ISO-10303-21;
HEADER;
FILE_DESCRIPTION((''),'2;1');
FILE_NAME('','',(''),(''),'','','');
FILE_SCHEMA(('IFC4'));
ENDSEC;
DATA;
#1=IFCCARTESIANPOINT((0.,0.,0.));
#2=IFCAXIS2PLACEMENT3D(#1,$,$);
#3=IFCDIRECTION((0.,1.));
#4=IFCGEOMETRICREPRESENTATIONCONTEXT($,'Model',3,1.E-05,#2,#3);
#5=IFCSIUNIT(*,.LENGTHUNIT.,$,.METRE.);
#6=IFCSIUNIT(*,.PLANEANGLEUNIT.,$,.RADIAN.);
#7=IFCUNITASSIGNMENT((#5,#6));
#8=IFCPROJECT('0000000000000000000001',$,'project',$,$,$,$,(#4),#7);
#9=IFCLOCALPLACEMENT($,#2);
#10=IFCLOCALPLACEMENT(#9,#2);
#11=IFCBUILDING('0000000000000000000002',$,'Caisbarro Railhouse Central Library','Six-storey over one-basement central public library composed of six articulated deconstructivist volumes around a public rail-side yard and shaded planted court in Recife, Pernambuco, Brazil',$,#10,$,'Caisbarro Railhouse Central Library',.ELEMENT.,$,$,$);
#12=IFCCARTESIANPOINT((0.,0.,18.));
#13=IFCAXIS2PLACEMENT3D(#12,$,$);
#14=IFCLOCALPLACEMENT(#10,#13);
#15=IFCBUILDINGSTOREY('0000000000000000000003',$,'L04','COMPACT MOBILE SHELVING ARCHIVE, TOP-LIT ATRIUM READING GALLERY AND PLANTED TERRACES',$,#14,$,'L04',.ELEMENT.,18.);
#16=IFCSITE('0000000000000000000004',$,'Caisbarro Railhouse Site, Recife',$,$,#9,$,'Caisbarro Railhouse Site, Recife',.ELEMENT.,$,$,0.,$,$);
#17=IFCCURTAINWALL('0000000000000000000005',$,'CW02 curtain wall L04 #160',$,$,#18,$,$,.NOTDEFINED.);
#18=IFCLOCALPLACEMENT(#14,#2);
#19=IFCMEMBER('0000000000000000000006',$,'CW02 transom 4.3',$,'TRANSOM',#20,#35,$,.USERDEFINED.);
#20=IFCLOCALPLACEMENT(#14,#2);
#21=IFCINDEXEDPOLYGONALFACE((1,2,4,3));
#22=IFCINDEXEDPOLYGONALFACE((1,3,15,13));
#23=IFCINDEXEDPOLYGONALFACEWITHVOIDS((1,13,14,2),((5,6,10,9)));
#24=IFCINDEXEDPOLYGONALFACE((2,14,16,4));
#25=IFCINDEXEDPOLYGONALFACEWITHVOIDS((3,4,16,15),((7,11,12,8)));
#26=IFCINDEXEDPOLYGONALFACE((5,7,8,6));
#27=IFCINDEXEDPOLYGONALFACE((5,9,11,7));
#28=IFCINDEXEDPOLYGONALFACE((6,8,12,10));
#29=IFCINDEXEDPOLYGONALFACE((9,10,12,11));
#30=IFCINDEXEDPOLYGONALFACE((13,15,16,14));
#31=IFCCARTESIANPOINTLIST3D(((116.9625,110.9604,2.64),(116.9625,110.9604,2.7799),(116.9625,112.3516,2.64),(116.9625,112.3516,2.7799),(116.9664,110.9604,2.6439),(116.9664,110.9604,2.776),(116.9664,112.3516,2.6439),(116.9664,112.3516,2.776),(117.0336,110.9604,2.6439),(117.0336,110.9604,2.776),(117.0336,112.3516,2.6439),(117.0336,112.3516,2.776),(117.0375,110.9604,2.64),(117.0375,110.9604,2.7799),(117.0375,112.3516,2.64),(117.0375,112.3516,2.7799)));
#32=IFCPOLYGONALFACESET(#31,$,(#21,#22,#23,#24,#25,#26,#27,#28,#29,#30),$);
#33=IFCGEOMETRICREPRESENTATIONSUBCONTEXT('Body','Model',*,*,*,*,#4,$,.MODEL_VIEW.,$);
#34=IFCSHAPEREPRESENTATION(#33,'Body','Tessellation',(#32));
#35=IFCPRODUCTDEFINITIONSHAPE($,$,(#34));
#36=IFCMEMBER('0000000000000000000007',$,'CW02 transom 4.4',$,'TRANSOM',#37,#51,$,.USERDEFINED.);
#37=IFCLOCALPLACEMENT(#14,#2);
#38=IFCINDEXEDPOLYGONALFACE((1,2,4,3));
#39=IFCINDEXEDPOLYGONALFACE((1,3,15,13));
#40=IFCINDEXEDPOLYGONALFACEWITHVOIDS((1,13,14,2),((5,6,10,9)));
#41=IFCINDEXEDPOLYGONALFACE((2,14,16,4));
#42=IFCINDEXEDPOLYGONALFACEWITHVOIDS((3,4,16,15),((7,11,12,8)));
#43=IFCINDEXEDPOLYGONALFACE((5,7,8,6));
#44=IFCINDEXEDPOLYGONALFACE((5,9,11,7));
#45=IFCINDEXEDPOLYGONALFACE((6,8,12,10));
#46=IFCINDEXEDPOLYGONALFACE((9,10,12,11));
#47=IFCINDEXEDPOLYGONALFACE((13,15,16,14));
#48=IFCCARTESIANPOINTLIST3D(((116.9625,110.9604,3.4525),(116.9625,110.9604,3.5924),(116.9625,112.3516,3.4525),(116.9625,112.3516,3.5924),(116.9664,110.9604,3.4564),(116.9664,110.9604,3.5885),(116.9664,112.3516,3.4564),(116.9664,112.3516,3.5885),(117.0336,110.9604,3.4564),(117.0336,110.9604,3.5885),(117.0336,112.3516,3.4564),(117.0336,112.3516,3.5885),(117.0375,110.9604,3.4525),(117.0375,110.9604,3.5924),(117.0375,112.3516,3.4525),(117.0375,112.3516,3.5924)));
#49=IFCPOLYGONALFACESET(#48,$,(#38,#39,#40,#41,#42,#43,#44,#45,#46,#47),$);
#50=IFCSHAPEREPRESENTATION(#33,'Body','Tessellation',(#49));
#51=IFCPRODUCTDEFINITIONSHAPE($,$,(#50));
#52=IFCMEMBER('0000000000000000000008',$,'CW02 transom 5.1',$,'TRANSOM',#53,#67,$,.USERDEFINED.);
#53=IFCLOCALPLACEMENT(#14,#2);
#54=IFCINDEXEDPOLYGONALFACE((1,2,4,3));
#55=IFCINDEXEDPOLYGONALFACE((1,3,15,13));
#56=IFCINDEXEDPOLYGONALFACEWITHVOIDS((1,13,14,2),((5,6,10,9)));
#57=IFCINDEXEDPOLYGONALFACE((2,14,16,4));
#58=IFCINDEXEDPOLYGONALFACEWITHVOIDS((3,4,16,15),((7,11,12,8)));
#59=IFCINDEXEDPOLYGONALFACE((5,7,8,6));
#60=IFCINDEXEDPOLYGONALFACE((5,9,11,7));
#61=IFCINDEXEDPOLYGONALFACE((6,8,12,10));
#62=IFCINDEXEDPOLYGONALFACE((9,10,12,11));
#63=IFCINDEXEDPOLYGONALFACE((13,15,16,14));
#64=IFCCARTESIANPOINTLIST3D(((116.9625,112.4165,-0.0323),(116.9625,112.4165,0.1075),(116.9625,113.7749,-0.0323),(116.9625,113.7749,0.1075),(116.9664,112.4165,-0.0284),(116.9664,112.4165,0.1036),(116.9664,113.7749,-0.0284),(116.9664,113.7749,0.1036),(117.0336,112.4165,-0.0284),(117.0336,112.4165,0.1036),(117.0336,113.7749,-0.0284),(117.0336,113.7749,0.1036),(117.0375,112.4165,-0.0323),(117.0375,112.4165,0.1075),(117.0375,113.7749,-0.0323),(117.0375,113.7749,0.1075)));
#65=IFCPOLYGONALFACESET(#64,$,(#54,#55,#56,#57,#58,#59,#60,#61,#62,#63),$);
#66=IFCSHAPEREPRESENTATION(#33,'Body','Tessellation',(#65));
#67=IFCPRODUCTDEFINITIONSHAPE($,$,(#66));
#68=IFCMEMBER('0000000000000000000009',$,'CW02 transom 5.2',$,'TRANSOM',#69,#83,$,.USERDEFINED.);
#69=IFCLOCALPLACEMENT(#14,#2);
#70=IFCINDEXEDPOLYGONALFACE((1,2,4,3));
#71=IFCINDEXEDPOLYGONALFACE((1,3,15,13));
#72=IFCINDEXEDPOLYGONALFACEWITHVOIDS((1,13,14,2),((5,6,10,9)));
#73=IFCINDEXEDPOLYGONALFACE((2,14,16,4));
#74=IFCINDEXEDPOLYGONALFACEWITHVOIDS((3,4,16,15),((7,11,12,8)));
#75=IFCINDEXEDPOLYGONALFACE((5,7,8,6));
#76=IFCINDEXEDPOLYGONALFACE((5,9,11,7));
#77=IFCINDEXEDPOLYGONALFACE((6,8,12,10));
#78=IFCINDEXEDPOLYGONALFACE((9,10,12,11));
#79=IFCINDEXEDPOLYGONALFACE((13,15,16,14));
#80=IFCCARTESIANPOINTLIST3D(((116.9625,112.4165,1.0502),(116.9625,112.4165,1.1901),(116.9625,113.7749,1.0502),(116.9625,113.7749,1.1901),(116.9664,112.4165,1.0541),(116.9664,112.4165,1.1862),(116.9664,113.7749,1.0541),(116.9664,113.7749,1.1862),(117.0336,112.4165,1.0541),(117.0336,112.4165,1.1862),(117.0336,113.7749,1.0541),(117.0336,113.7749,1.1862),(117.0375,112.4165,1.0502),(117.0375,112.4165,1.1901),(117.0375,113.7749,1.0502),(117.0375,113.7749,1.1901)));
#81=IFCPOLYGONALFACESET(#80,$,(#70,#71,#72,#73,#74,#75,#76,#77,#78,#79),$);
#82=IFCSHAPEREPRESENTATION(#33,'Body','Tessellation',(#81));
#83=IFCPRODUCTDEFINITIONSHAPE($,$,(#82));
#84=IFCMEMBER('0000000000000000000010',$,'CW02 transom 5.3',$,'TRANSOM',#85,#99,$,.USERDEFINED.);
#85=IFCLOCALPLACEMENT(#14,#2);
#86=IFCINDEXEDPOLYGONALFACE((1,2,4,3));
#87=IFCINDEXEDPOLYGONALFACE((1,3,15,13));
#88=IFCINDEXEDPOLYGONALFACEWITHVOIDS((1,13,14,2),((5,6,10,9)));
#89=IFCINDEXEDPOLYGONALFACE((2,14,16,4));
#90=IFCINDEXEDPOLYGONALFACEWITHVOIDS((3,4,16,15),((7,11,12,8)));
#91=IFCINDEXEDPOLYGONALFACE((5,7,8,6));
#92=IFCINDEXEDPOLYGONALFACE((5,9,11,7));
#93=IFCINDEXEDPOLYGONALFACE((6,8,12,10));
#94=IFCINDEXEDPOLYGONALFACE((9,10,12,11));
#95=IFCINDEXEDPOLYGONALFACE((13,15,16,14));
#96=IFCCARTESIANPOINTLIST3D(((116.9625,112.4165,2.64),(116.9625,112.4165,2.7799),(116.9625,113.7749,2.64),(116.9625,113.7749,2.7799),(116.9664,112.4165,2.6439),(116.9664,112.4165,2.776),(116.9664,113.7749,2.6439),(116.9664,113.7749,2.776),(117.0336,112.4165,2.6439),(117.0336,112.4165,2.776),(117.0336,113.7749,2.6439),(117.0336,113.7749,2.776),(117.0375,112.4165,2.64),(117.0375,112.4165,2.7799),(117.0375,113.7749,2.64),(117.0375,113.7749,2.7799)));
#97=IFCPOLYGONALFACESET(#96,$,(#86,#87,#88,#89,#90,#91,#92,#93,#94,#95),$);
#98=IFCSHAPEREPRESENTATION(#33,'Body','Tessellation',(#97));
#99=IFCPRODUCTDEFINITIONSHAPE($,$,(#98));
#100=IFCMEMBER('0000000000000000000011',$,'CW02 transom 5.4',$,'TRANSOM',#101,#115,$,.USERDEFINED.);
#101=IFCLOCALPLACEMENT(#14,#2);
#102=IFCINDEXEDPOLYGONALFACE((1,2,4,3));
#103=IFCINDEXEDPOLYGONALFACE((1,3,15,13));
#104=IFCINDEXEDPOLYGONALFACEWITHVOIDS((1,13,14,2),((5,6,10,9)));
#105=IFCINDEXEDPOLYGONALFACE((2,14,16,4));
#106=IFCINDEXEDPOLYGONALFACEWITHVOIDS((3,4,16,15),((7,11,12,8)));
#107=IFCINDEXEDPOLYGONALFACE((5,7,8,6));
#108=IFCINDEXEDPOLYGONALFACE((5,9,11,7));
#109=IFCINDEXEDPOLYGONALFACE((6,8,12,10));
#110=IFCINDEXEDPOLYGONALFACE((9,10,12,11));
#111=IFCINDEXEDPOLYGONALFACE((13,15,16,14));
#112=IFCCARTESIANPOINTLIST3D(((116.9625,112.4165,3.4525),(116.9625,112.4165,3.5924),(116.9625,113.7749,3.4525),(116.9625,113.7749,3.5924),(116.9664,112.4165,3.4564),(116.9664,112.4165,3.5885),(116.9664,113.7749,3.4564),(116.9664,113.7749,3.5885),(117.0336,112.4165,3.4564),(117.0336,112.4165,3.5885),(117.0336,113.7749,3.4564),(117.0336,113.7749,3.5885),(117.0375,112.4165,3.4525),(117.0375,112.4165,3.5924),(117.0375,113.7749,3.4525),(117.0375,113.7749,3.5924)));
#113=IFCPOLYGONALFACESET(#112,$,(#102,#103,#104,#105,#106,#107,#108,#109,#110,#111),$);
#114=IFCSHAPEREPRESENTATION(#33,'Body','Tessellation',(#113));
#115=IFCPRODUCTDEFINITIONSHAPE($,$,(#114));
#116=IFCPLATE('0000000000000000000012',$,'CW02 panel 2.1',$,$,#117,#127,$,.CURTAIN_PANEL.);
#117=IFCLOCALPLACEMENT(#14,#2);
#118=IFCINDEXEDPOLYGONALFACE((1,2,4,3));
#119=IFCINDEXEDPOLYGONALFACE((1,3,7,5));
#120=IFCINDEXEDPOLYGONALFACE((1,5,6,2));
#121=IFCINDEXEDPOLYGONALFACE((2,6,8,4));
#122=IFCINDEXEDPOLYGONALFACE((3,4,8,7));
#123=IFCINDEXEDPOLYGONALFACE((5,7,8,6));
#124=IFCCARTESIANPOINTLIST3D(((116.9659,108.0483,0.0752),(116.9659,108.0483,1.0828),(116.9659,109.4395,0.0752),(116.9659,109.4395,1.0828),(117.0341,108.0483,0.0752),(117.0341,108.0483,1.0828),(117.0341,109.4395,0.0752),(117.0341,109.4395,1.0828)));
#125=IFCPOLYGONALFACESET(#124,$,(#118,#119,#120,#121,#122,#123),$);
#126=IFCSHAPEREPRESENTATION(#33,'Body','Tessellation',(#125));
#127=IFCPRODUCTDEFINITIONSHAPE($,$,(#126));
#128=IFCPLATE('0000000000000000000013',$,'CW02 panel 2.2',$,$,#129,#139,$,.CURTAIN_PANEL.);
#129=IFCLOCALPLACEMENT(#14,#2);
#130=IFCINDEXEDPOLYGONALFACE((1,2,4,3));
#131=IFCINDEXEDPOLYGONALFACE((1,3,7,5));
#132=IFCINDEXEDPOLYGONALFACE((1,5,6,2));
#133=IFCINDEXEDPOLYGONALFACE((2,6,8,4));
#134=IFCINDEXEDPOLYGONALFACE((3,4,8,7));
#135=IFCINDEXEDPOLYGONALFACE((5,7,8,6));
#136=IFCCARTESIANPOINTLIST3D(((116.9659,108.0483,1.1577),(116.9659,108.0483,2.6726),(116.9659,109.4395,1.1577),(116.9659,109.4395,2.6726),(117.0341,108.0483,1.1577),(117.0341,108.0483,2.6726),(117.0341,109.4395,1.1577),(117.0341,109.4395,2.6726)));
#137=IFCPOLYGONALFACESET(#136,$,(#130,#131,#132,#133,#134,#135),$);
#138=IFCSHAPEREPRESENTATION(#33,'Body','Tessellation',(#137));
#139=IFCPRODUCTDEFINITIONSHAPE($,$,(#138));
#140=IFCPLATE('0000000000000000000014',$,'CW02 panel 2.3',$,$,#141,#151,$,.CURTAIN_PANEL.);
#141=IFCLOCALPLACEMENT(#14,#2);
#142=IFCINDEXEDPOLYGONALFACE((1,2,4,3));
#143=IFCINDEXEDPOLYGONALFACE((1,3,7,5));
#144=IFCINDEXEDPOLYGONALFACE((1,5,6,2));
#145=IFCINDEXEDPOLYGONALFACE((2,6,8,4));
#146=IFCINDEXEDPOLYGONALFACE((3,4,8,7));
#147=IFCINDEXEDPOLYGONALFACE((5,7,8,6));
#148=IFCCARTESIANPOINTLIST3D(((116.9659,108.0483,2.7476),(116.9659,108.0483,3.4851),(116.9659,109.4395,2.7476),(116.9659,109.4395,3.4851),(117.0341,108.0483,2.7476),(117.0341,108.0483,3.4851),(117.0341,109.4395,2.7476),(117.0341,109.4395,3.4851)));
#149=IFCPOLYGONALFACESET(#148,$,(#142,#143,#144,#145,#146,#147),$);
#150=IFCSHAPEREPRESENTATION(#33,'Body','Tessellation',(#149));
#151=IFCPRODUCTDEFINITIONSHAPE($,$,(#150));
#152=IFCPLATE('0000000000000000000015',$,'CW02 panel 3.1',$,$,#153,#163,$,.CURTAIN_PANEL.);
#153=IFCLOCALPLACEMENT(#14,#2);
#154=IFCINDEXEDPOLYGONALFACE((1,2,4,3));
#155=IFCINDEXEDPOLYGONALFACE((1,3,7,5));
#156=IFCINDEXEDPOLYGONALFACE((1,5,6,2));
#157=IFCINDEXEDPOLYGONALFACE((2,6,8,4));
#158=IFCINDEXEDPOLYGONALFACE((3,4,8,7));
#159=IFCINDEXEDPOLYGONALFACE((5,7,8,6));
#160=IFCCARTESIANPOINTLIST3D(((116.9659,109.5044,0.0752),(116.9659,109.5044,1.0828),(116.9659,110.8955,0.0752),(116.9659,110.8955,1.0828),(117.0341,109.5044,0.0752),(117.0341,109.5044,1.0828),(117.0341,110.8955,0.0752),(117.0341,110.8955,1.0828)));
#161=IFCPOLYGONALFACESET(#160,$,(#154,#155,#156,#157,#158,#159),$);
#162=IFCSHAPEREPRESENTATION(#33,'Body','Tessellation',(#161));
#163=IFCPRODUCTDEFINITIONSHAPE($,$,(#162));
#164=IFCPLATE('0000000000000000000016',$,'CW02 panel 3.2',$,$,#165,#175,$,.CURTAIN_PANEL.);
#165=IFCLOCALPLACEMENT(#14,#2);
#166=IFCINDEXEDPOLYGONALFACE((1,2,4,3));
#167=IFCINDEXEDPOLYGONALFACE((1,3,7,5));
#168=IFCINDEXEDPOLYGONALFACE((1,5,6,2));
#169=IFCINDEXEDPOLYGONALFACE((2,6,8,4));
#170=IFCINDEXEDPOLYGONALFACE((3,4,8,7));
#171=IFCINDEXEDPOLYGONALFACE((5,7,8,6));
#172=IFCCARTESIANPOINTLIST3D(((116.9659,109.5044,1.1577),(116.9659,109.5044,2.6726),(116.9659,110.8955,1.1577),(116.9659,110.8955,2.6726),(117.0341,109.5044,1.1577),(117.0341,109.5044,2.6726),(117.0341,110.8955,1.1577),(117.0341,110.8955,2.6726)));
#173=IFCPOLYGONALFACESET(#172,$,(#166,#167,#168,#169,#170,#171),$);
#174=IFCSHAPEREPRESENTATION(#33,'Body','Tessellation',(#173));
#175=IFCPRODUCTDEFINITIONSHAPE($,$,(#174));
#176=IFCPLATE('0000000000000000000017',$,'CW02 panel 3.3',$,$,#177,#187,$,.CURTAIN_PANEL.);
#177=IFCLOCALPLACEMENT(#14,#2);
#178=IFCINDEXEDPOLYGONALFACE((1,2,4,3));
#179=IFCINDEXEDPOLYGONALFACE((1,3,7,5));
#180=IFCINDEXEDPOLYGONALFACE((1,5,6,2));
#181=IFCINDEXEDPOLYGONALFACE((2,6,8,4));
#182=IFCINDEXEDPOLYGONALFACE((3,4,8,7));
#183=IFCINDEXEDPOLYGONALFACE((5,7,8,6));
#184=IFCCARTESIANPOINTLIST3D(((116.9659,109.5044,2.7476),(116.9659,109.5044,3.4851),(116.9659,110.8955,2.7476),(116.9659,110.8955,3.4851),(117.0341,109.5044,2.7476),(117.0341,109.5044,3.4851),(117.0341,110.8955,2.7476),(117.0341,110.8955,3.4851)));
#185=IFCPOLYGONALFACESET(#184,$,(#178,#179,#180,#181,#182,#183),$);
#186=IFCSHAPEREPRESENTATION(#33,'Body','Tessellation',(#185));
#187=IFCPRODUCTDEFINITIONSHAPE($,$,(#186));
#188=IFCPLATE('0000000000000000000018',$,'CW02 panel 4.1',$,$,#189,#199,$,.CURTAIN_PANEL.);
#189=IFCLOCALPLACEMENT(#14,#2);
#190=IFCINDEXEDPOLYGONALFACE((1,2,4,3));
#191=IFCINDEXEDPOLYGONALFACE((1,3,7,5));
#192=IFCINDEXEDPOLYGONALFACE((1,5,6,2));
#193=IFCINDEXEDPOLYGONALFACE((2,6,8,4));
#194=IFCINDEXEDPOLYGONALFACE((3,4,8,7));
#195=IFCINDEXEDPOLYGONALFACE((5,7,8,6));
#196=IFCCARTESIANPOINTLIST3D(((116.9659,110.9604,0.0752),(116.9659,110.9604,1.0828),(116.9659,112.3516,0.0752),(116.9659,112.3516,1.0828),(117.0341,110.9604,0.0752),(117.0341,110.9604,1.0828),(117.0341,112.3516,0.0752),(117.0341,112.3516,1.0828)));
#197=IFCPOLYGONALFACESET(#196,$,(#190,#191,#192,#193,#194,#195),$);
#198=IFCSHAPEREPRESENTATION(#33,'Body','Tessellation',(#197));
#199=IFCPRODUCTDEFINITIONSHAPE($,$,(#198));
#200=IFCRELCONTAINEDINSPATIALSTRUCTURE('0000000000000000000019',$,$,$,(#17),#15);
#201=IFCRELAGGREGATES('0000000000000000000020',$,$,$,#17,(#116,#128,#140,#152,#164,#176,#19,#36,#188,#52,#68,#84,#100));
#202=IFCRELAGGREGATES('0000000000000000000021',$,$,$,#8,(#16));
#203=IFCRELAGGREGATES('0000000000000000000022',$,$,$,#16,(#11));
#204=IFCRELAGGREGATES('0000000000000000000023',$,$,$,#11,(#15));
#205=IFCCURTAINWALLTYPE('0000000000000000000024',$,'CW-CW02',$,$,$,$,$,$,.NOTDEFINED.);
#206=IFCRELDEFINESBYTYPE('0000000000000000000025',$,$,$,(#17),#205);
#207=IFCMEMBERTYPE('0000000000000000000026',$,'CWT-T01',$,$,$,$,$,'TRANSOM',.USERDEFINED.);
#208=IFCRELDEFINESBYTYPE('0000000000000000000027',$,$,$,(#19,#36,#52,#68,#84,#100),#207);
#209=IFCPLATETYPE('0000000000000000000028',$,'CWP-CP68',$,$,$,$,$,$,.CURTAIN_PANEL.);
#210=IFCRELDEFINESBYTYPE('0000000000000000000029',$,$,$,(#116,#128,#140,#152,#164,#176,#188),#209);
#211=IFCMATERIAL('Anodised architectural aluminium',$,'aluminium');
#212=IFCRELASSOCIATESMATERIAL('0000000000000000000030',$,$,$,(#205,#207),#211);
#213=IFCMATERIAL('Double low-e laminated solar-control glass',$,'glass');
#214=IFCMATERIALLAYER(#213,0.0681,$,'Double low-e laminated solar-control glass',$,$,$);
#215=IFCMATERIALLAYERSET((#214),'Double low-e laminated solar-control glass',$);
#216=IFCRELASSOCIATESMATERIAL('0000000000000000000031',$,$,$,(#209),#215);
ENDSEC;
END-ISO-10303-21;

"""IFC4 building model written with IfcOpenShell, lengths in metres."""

from ifc_helpers import new_model, si_unit, direction, frame, origin, origin_2d, place, context, subcontext, project, spatial, rectangle, hollow_rectangle, extrude, material, layer, layer_set, material_profile, profile_set, type_object, element, aggregate, save


model = new_model("IFC4")

# Units and contexts
model_context = context("Model", 3, precision=1e-05, world=origin(), true_north=direction((0.0, 1.0)))
body_context = subcontext(model_context, "Body", "Model", "MODEL_VIEW")
ifc_project = project(units=[si_unit("LENGTHUNIT", "METRE"), si_unit("PLANEANGLEUNIT", "RADIAN")], contexts=[model_context])

# Site, building, storey
site_placement = place(None, origin())
site = spatial("IfcSite", under=ifc_project, at=site_placement, Name="Caisbarro Railhouse Site, Recife", LongName="Caisbarro Railhouse Site, Recife", CompositionType="ELEMENT", RefElevation=0.0)
building_placement = place(site_placement, origin())
building = spatial("IfcBuilding", under=site, at=building_placement, Name="Caisbarro Railhouse Central Library", Description="Six-storey over one-basement central public library composed of six articulated deconstructivist volumes around a public rail-side yard and shaded planted court in Recife, Pernambuco, Brazil", LongName="Caisbarro Railhouse Central Library", CompositionType="ELEMENT")
storey_placement = place(building_placement, frame((0.0, 0.0, 18.0)))
storey = spatial("IfcBuildingStorey", under=building, at=storey_placement, Name="L04", Description="COMPACT MOBILE SHELVING ARCHIVE, TOP-LIT ATRIUM READING GALLERY AND PLANTED TERRACES", LongName="L04", CompositionType="ELEMENT", Elevation=18.0)

# Curtain wall, members, plates
ifc_material_1 = material(Name="Anodised architectural aluminium", Category="aluminium")
curtain_wall_type = type_object("IfcCurtainWallType", Name="CW-CW02", PredefinedType="NOTDEFINED", material=ifc_material_1)
curtain_wall_placement = place(storey_placement, origin())
curtain_wall = element("IfcCurtainWall", 1, at=curtain_wall_placement, inside=storey, type_object=curtain_wall_type, Name="CW02 curtain wall L04 #160", PredefinedType="NOTDEFINED")
ifc_material_profile_1 = material_profile(ifc_material_1, hollow_rectangle(XDim=0.075, YDim=0.1399, WallThickness=0.0039, at=origin_2d()), Name="ALU-TRN-75X140")
ifc_profile_set_1 = profile_set([ifc_material_profile_1], Name="Anodised architectural aluminium")
member_type_1 = type_object("IfcMemberType", Name="CWT-T01", ElementType="TRANSOM", PredefinedType="USERDEFINED", material=ifc_profile_set_1)
member_1_placement = place(storey_placement, frame((117.0, 110.9604, 2.71), z_axis=(0.0, 1.0, 0.0), x_axis=(-1.0, 0.0, 0.0)))
member_1 = element("IfcMember", 2, at=member_1_placement, type_object=member_type_1, Name="CW02 transom 4.3", ObjectType="TRANSOM", PredefinedType="USERDEFINED", context=body_context, shape_type="SweptSolid", body=[
    extrude(hollow_rectangle(XDim=0.075, YDim=0.1399, WallThickness=0.0039, at=origin_2d()), origin(), (0.0, 0.0, 1.0), 1.3911),
])
member_2_placement = place(storey_placement, frame((117.0, 110.9604, 3.5225), z_axis=(0.0, 1.0, 0.0), x_axis=(-1.0, 0.0, 0.0)))
member_2 = element("IfcMember", 3, at=member_2_placement, type_object=member_type_1, Name="CW02 transom 4.4", ObjectType="TRANSOM", PredefinedType="USERDEFINED", context=body_context, shape_type="SweptSolid", body=[
    extrude(hollow_rectangle(XDim=0.075, YDim=0.1399, WallThickness=0.0039, at=origin_2d()), origin(), (0.0, 0.0, 1.0), 1.3911),
])
member_3_placement = place(storey_placement, frame((117.0, 112.4165, 0.0376), z_axis=(0.0, 1.0, 0.0), x_axis=(-1.0, 0.0, 0.0)))
member_3 = element("IfcMember", 4, at=member_3_placement, type_object=member_type_1, Name="CW02 transom 5.1", ObjectType="TRANSOM", PredefinedType="USERDEFINED", context=body_context, shape_type="SweptSolid", body=[
    extrude(hollow_rectangle(XDim=0.075, YDim=0.1399, WallThickness=0.0039, at=origin_2d()), origin(), (0.0, 0.0, 1.0), 1.3584),
])
member_4_placement = place(storey_placement, frame((117.0, 112.4165, 1.1201), z_axis=(0.0, 1.0, 0.0), x_axis=(-1.0, 0.0, 0.0)))
member_4 = element("IfcMember", 5, at=member_4_placement, type_object=member_type_1, Name="CW02 transom 5.2", ObjectType="TRANSOM", PredefinedType="USERDEFINED", context=body_context, shape_type="SweptSolid", body=[
    extrude(hollow_rectangle(XDim=0.075, YDim=0.1399, WallThickness=0.0039, at=origin_2d()), origin(), (0.0, 0.0, 1.0), 1.3584),
])
member_5_placement = place(storey_placement, frame((117.0, 112.4165, 2.71), z_axis=(0.0, 1.0, 0.0), x_axis=(-1.0, 0.0, 0.0)))
member_5 = element("IfcMember", 6, at=member_5_placement, type_object=member_type_1, Name="CW02 transom 5.3", ObjectType="TRANSOM", PredefinedType="USERDEFINED", context=body_context, shape_type="SweptSolid", body=[
    extrude(hollow_rectangle(XDim=0.075, YDim=0.1399, WallThickness=0.0039, at=origin_2d()), origin(), (0.0, 0.0, 1.0), 1.3584),
])
member_6_placement = place(storey_placement, frame((117.0, 112.4165, 3.5225), z_axis=(0.0, 1.0, 0.0), x_axis=(-1.0, 0.0, 0.0)))
member_6 = element("IfcMember", 7, at=member_6_placement, type_object=member_type_1, Name="CW02 transom 5.4", ObjectType="TRANSOM", PredefinedType="USERDEFINED", context=body_context, shape_type="SweptSolid", body=[
    extrude(hollow_rectangle(XDim=0.075, YDim=0.1399, WallThickness=0.0039, at=origin_2d()), origin(), (0.0, 0.0, 1.0), 1.3584),
])
ifc_material_2 = material(Name="Double low-e laminated solar-control glass", Category="glass")
ifc_layer = layer(ifc_material_2, 0.0681, Name="Double low-e laminated solar-control glass")
ifc_layer_set = layer_set([ifc_layer], Name="Double low-e laminated solar-control glass")
plate_type = type_object("IfcPlateType", Name="CWP-CP68", PredefinedType="CURTAIN_PANEL", material=ifc_layer_set)
plate_1_placement = place(storey_placement, frame((117.0, 108.7439, 0.0752), z_axis=(0.0, 0.0, 1.0), x_axis=(0.0, 1.0, 0.0)))
plate_1 = element("IfcPlate", 8, at=plate_1_placement, type_object=plate_type, Name="CW02 panel 2.1", PredefinedType="CURTAIN_PANEL", context=body_context, shape_type="SweptSolid", body=[
    extrude(rectangle(XDim=1.3911, YDim=0.0681, at=origin_2d()), origin(), (0.0, 0.0, 1.0), 1.0076),
])
plate_2_placement = place(storey_placement, frame((117.0, 108.7439, 1.1577), z_axis=(0.0, 0.0, 1.0), x_axis=(0.0, 1.0, 0.0)))
plate_2 = element("IfcPlate", 9, at=plate_2_placement, type_object=plate_type, Name="CW02 panel 2.2", PredefinedType="CURTAIN_PANEL", context=body_context, shape_type="SweptSolid", body=[
    extrude(rectangle(XDim=1.3911, YDim=0.0681, at=origin_2d()), origin(), (0.0, 0.0, 1.0), 1.5149),
])
plate_3_placement = place(storey_placement, frame((117.0, 108.7439, 2.7476), z_axis=(0.0, 0.0, 1.0), x_axis=(0.0, 1.0, 0.0)))
plate_3 = element("IfcPlate", 10, at=plate_3_placement, type_object=plate_type, Name="CW02 panel 2.3", PredefinedType="CURTAIN_PANEL", context=body_context, shape_type="SweptSolid", body=[
    extrude(rectangle(XDim=1.3911, YDim=0.0681, at=origin_2d()), origin(), (0.0, 0.0, 1.0), 0.7375),
])
plate_4_placement = place(storey_placement, frame((117.0, 110.2, 0.0752), z_axis=(0.0, 0.0, 1.0), x_axis=(0.0, 1.0, 0.0)))
plate_4 = element("IfcPlate", 11, at=plate_4_placement, type_object=plate_type, Name="CW02 panel 3.1", PredefinedType="CURTAIN_PANEL", context=body_context, shape_type="SweptSolid", body=[
    extrude(rectangle(XDim=1.3911, YDim=0.0681, at=origin_2d()), origin(), (0.0, 0.0, 1.0), 1.0076),
])
plate_5_placement = place(storey_placement, frame((117.0, 110.2, 1.1577), z_axis=(0.0, 0.0, 1.0), x_axis=(0.0, 1.0, 0.0)))
plate_5 = element("IfcPlate", 12, at=plate_5_placement, type_object=plate_type, Name="CW02 panel 3.2", PredefinedType="CURTAIN_PANEL", context=body_context, shape_type="SweptSolid", body=[
    extrude(rectangle(XDim=1.3911, YDim=0.0681, at=origin_2d()), origin(), (0.0, 0.0, 1.0), 1.5149),
])
plate_6_placement = place(storey_placement, frame((117.0, 110.2, 2.7476), z_axis=(0.0, 0.0, 1.0), x_axis=(0.0, 1.0, 0.0)))
plate_6 = element("IfcPlate", 13, at=plate_6_placement, type_object=plate_type, Name="CW02 panel 3.3", PredefinedType="CURTAIN_PANEL", context=body_context, shape_type="SweptSolid", body=[
    extrude(rectangle(XDim=1.3911, YDim=0.0681, at=origin_2d()), origin(), (0.0, 0.0, 1.0), 0.7375),
])
plate_7_placement = place(storey_placement, frame((117.0, 111.656, 0.0752), z_axis=(0.0, 0.0, 1.0), x_axis=(0.0, 1.0, 0.0)))
plate_7 = element("IfcPlate", 14, at=plate_7_placement, type_object=plate_type, Name="CW02 panel 4.1", PredefinedType="CURTAIN_PANEL", context=body_context, shape_type="SweptSolid", body=[
    extrude(rectangle(XDim=1.3911, YDim=0.0681, at=origin_2d()), origin(), (0.0, 0.0, 1.0), 1.0076),
])
aggregate(curtain_wall, [plate_1, plate_2, plate_3, plate_4, plate_5, plate_6, member_1, member_2, plate_7, member_3, member_4, member_5, member_6])

save(model, "model.ifc")
